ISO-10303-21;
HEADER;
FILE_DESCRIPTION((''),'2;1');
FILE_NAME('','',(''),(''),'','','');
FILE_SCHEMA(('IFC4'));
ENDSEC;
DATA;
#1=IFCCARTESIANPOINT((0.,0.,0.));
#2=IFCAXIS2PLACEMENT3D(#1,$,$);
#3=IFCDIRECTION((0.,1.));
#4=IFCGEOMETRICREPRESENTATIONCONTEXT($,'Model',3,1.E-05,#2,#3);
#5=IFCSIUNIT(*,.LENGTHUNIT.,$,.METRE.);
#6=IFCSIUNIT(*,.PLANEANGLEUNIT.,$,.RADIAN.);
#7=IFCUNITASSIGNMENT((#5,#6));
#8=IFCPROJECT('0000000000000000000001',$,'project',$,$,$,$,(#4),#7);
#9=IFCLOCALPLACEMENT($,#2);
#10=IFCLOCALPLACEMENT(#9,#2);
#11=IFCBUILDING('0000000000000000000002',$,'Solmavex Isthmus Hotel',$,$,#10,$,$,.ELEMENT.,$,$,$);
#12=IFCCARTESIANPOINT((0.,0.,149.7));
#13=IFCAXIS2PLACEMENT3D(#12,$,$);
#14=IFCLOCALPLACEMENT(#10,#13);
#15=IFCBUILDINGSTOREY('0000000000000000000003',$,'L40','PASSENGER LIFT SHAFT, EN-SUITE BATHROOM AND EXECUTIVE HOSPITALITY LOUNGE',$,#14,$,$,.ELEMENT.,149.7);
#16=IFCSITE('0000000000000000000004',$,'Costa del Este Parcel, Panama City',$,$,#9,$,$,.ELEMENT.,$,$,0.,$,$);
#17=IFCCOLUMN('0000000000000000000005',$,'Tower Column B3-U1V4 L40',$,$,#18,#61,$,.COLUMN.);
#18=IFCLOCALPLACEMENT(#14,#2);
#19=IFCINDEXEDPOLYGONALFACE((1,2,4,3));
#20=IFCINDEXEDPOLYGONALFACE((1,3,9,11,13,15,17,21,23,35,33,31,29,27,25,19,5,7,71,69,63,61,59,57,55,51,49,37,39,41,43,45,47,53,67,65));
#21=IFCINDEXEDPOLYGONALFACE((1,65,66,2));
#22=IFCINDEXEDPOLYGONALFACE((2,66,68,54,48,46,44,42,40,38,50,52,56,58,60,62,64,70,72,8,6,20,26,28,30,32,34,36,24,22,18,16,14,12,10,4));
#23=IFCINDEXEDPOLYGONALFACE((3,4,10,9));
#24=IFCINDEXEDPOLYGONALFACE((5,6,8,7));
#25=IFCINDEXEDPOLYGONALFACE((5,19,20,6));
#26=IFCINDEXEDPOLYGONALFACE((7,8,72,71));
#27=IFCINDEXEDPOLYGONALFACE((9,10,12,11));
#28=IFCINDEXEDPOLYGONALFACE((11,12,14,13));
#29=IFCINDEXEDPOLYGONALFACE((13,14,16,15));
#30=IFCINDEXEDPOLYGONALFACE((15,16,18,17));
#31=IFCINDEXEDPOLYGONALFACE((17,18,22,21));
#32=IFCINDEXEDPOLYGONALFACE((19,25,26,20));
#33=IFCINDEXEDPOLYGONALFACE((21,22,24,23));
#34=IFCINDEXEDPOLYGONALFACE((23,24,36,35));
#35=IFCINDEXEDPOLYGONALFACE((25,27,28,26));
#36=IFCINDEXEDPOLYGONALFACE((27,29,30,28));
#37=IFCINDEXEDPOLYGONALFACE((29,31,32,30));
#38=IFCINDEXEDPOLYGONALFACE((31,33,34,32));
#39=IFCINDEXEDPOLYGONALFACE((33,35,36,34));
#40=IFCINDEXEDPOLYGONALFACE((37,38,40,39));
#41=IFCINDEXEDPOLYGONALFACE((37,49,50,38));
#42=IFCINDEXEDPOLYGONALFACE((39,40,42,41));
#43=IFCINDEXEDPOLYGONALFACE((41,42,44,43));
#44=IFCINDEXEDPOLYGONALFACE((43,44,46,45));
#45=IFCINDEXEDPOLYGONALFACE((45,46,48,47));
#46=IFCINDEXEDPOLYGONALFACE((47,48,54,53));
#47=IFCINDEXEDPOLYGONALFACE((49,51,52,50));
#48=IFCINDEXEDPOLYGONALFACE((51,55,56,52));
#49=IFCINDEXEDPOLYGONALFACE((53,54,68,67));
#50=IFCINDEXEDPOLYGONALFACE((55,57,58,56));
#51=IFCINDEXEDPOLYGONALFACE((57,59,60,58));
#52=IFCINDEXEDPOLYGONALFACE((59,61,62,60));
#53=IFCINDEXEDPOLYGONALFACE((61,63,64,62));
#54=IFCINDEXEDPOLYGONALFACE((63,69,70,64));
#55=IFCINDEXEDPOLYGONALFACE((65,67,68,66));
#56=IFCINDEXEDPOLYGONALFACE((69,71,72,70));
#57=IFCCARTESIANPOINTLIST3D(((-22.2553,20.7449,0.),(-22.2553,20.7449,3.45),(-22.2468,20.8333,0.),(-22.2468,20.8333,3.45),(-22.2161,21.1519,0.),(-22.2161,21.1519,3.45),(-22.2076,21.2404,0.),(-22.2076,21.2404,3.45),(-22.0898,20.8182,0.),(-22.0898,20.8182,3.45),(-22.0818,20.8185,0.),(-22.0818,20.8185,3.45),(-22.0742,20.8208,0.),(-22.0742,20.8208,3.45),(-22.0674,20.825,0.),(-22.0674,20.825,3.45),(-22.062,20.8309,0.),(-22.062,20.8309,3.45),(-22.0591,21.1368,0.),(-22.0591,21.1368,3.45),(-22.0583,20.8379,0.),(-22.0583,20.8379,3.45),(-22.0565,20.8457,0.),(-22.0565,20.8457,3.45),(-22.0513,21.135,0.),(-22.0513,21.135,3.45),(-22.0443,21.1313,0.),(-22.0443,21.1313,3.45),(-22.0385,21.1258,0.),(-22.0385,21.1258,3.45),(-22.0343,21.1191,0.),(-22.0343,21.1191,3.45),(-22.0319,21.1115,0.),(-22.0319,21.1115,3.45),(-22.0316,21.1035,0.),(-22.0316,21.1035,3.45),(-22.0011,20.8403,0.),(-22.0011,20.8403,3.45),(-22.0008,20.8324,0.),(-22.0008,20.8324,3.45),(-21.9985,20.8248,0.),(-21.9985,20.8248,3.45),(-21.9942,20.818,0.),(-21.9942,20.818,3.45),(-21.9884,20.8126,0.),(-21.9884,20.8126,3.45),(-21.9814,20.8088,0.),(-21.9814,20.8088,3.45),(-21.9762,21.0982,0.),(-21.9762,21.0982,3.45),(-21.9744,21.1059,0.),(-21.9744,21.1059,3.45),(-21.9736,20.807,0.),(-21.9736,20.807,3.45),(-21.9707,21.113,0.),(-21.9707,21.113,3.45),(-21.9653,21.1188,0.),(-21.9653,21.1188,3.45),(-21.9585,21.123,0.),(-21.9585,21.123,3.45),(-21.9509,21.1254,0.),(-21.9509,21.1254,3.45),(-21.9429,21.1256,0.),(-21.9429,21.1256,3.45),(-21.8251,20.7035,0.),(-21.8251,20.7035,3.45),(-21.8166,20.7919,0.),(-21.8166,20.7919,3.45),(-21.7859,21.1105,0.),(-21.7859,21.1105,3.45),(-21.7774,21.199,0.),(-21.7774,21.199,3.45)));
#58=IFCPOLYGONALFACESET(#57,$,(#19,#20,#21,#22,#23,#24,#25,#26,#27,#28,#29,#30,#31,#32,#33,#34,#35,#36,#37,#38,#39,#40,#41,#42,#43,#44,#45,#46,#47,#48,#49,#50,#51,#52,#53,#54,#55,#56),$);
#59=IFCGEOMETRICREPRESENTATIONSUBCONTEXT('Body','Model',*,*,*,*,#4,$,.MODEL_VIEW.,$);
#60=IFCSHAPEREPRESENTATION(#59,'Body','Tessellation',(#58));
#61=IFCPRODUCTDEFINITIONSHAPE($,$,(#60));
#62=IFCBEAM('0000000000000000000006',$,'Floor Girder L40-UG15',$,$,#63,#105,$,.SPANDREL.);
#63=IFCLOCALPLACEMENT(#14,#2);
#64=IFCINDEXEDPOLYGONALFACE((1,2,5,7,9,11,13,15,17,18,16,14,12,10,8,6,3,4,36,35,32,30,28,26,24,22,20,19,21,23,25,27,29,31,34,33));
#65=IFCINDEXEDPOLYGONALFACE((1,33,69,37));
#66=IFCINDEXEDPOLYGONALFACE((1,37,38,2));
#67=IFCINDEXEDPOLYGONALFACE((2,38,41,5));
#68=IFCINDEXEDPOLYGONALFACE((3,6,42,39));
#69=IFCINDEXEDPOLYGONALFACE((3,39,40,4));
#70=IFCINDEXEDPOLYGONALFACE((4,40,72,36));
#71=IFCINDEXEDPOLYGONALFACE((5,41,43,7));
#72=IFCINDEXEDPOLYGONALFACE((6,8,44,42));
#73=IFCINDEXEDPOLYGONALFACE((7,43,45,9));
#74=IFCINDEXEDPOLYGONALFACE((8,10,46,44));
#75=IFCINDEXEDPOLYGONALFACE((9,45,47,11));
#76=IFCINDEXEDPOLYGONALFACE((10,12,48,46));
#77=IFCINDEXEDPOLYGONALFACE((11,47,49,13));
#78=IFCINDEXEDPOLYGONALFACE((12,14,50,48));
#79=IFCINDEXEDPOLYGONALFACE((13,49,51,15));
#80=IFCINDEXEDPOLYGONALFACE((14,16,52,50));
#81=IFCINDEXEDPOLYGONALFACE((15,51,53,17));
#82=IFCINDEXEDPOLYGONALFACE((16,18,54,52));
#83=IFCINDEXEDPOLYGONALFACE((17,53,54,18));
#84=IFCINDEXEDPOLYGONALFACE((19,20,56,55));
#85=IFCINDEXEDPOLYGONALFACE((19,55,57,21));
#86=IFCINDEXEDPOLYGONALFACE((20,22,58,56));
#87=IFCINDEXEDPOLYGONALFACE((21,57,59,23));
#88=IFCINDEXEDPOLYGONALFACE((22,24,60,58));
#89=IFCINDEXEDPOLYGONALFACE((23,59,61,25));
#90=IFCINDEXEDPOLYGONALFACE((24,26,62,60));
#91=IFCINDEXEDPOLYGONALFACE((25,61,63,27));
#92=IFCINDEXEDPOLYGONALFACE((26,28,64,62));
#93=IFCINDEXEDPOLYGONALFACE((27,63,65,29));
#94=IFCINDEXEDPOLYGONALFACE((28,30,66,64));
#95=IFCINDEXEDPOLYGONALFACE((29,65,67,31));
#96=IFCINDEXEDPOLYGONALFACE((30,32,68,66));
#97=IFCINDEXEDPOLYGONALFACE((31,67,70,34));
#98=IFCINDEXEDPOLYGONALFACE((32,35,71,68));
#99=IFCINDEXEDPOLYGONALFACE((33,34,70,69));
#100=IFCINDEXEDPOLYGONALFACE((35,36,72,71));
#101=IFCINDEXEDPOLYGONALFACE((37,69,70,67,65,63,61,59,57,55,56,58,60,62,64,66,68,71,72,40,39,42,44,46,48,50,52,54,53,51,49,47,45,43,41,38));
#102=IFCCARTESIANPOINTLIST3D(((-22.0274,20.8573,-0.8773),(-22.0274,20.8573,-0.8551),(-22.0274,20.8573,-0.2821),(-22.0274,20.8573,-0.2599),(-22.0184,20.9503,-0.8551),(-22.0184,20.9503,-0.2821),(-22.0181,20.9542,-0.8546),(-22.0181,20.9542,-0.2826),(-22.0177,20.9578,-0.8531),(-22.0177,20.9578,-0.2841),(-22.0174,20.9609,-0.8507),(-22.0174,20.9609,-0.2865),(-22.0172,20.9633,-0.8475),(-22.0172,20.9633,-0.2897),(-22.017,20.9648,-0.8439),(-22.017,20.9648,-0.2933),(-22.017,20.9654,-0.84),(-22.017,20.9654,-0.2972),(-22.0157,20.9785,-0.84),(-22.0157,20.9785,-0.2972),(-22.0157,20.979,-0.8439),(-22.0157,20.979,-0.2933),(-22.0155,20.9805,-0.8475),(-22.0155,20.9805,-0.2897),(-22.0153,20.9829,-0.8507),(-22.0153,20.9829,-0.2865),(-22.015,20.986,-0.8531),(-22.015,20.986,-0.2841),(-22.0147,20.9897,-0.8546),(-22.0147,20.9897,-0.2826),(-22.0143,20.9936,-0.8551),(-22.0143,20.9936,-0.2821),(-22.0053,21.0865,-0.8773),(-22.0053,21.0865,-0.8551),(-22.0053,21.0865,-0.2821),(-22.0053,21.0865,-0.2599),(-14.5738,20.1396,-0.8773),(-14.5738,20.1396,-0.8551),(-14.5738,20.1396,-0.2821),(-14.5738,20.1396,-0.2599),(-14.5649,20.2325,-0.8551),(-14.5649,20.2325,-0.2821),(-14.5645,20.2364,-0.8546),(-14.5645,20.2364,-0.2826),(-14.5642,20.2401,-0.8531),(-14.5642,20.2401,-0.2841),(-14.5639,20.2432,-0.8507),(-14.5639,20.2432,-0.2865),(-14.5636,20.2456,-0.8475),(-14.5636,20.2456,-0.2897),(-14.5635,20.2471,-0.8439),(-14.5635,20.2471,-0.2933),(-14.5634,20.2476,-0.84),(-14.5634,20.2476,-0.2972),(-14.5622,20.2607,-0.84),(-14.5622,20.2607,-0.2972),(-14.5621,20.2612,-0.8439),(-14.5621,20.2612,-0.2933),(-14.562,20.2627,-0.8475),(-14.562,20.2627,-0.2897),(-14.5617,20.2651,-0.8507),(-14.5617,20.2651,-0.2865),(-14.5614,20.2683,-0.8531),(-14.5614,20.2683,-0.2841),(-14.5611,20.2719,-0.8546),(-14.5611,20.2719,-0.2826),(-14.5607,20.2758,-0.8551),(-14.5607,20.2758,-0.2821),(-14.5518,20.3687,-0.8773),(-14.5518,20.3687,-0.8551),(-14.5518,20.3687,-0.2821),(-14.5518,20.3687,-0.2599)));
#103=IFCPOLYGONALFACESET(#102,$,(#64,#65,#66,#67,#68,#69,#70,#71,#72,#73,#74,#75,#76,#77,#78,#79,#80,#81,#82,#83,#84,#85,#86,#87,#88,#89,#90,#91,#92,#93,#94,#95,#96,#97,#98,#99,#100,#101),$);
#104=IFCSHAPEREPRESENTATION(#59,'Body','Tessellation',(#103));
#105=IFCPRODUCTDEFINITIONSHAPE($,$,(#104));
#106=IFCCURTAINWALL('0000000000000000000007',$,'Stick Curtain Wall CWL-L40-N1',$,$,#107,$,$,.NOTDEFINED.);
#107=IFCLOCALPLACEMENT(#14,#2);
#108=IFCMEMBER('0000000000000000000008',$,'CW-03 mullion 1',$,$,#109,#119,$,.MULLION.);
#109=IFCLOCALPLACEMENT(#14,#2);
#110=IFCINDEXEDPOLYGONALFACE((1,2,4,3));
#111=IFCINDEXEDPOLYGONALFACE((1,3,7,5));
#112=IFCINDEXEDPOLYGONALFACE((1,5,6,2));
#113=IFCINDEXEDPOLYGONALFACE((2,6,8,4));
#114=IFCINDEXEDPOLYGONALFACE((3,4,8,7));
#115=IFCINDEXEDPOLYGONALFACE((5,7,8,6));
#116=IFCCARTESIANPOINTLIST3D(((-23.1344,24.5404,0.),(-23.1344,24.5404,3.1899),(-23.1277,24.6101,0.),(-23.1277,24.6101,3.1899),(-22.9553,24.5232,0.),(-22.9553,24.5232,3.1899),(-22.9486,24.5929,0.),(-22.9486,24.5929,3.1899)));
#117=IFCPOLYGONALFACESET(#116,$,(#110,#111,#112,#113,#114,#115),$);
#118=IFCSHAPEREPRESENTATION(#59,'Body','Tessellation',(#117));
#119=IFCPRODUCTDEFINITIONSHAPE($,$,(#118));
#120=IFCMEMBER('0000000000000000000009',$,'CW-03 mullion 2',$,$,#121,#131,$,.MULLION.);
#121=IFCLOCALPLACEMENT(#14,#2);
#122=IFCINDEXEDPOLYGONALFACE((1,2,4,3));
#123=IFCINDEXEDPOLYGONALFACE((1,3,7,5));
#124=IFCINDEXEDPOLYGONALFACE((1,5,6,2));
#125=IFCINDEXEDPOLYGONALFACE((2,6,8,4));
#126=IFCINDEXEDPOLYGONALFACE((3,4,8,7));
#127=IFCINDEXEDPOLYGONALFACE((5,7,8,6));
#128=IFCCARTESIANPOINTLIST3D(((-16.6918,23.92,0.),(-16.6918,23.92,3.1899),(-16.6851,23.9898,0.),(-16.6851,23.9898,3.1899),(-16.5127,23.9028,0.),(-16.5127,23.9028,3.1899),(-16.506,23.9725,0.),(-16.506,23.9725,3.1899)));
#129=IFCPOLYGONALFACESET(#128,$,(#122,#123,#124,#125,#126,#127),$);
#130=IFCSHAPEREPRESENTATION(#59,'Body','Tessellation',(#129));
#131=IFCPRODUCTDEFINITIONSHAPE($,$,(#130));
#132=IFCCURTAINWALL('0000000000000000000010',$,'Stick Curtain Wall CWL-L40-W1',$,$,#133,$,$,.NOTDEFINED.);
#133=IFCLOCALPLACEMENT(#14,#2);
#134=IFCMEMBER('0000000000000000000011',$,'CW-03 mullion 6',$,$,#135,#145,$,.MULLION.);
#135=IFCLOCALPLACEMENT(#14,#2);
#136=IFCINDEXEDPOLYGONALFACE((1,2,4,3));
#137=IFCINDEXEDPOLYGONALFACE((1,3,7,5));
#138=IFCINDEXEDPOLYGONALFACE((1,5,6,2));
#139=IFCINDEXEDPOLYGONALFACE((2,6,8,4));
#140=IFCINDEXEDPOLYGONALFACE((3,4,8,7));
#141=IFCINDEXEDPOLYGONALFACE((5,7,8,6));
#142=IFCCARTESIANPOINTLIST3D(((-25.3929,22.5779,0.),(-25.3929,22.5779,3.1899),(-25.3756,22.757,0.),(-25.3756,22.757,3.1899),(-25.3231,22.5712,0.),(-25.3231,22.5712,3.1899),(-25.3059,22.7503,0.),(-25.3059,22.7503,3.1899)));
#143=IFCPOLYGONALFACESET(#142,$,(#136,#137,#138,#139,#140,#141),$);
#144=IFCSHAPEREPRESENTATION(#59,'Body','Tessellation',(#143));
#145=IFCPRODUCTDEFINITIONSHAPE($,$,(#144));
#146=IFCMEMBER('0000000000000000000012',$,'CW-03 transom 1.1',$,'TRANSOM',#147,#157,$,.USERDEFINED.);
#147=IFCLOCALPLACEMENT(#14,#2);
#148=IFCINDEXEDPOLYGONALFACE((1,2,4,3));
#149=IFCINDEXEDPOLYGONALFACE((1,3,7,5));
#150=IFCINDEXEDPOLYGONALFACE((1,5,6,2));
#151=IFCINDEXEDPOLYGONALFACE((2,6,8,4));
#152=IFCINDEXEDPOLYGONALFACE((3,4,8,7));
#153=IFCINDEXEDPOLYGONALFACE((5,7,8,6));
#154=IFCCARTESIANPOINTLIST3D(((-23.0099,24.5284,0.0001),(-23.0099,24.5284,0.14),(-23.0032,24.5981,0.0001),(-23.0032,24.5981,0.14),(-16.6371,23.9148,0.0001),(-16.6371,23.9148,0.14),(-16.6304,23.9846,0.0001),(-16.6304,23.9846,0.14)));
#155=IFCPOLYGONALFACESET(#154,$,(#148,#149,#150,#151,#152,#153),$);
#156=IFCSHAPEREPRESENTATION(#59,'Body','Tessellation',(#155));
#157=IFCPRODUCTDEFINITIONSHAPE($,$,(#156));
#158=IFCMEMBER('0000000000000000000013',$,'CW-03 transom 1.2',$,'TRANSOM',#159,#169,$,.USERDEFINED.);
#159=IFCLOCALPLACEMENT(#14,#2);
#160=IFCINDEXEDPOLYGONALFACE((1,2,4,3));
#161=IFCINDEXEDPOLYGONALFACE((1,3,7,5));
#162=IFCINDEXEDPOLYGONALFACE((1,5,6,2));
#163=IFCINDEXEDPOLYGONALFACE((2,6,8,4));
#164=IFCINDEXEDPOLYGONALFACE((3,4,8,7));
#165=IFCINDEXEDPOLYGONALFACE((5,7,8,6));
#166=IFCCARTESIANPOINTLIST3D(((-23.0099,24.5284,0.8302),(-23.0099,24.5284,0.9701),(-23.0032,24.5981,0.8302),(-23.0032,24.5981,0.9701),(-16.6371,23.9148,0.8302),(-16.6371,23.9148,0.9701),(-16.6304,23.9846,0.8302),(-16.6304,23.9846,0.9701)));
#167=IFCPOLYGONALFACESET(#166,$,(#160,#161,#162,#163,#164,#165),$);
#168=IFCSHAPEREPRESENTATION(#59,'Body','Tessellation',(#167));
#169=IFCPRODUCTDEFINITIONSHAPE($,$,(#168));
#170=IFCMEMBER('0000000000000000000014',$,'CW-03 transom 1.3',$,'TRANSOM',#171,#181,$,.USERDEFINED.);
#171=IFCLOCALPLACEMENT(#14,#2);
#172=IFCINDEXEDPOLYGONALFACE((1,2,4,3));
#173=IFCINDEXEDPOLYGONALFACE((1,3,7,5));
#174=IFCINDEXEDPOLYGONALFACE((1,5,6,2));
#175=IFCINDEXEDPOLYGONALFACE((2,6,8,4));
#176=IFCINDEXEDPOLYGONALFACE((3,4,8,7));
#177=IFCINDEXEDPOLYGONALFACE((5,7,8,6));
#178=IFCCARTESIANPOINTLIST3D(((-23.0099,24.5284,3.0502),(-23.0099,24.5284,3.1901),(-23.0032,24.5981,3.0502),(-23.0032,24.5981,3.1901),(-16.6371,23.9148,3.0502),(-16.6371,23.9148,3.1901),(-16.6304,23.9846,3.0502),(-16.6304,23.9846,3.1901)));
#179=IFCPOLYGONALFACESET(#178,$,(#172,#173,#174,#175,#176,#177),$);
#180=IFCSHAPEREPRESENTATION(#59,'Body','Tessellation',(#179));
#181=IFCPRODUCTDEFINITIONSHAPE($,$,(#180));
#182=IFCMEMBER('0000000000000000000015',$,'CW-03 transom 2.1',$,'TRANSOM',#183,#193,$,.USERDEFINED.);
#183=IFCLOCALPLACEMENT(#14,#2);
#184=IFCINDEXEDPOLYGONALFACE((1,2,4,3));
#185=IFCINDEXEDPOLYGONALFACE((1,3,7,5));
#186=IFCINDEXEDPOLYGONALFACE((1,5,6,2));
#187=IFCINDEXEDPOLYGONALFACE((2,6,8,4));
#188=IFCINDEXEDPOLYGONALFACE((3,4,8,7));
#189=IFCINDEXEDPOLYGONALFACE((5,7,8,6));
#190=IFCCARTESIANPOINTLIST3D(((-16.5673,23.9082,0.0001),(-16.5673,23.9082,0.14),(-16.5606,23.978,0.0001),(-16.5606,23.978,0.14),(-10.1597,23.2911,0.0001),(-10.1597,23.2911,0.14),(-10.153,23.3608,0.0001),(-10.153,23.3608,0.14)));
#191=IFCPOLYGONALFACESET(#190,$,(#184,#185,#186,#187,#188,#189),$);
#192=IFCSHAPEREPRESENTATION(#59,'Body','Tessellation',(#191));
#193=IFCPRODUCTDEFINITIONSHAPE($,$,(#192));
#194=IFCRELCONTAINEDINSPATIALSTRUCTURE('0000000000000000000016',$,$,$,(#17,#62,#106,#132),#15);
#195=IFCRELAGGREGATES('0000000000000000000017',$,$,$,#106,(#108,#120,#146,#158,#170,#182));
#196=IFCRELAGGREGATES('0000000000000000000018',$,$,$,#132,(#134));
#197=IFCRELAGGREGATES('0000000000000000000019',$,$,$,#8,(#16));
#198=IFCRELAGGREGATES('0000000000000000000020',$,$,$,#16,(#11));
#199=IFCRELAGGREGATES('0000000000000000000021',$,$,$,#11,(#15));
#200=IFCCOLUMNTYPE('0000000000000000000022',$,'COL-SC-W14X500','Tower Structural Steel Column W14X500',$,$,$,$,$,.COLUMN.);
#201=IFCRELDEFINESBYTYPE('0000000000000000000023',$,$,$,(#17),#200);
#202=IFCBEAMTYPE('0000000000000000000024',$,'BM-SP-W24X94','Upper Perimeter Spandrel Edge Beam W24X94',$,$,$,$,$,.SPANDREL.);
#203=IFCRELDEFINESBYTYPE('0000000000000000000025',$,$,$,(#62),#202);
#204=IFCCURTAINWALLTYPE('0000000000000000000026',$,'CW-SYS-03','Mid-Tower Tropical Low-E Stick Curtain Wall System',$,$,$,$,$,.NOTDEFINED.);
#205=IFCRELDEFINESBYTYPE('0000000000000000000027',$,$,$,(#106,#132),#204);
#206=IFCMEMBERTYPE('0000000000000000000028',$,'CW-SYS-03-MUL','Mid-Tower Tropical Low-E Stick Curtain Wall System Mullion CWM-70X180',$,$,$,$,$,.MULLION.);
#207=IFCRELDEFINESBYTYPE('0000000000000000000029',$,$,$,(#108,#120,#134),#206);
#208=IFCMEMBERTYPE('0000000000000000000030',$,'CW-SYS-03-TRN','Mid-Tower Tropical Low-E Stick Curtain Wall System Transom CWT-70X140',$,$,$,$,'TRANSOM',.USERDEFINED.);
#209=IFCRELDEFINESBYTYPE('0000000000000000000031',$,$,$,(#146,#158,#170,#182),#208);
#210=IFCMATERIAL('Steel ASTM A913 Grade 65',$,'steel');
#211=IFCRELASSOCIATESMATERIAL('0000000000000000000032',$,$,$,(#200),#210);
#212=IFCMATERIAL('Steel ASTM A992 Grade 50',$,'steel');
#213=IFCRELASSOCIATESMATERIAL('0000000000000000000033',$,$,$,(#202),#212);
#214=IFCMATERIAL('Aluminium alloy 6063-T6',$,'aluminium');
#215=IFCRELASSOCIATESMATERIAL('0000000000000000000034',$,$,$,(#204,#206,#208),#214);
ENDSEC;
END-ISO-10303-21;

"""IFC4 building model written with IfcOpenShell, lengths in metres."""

from ifc_helpers import new_model, si_unit, direction, frame, origin, origin_2d, place, context, subcontext, project, spatial, rectangle, i_section, extrude, material, material_profile, profile_set, type_object, element, aggregate, save


model = new_model("IFC4")

# Units and contexts
model_context = context("Model", 3, precision=1e-05, world=origin(), true_north=direction((0.0, 1.0)))
body_context = subcontext(model_context, "Body", "Model", "MODEL_VIEW")
ifc_project = project(units=[si_unit("LENGTHUNIT", "METRE"), si_unit("PLANEANGLEUNIT", "RADIAN")], contexts=[model_context])

# Site, building, storey
site_placement = place(None, origin())
site = spatial("IfcSite", under=ifc_project, at=site_placement, Name="Costa del Este Parcel, Panama City", CompositionType="ELEMENT", RefElevation=0.0)
building_placement = place(site_placement, origin())
building = spatial("IfcBuilding", under=site, at=building_placement, Name="Solmavex Isthmus Hotel", CompositionType="ELEMENT")
storey_placement = place(building_placement, frame((0.0, 0.0, 149.7)))
storey = spatial("IfcBuildingStorey", under=building, at=storey_placement, Name="L40", Description="PASSENGER LIFT SHAFT, EN-SUITE BATHROOM AND EXECUTIVE HOSPITALITY LOUNGE", CompositionType="ELEMENT", Elevation=149.7)

# Column
ifc_material_1 = material(Name="Steel ASTM A913 Grade 65", Category="steel")
ifc_material_profile_1 = material_profile(ifc_material_1, i_section(OverallWidth=0.4321, OverallDepth=0.4978, WebThickness=0.0557, FlangeThickness=0.0889, FilletRadius=0.0305, at=origin_2d()), Name="W14X500")
ifc_profile_set_1 = profile_set([ifc_material_profile_1], Name="Steel ASTM A913 Grade 65")
column_type = type_object("IfcColumnType", Name="COL-SC-W14X500", Description="Tower Structural Steel Column W14X500", PredefinedType="COLUMN", material=ifc_profile_set_1)
column_placement = place(storey_placement, frame((-22.0164, 20.9719, 0.0), z_axis=(0.0, 0.0, 1.0), x_axis=(0.995396, -0.095846, 0.0)))
element("IfcColumn", 1, at=column_placement, inside=storey, type_object=column_type, Name="Tower Column B3-U1V4 L40", PredefinedType="COLUMN", context=body_context, shape_type="SweptSolid", body=[
    extrude(i_section(OverallWidth=0.4321, OverallDepth=0.4978, WebThickness=0.0557, FlangeThickness=0.0889, FilletRadius=0.0305, at=origin_2d()), origin(), (0.0, 0.0, 1.0), 3.45),
])

# Beam
ifc_material_2 = material(Name="Steel ASTM A992 Grade 50", Category="steel")
ifc_material_profile_2 = material_profile(ifc_material_2, i_section(OverallWidth=0.2302, OverallDepth=0.6174, WebThickness=0.0132, FlangeThickness=0.0222, FilletRadius=0.0151, at=origin_2d()), Name="W24X94")
ifc_profile_set_2 = profile_set([ifc_material_profile_2], Name="Steel ASTM A992 Grade 50")
beam_type = type_object("IfcBeamType", Name="BM-SP-W24X94", Description="Upper Perimeter Spandrel Edge Beam W24X94", PredefinedType="SPANDREL", material=ifc_profile_set_2)
beam_placement = place(storey_placement, frame((-22.0164, 20.9719, -0.5686), z_axis=(0.995395, -0.095855, 0.0), x_axis=(0.095855, 0.995395, 0.0)))
element("IfcBeam", 2, at=beam_placement, inside=storey, type_object=beam_type, Name="Floor Girder L40-UG15", PredefinedType="SPANDREL", context=body_context, shape_type="SweptSolid", body=[
    extrude(i_section(OverallWidth=0.2302, OverallDepth=0.6174, WebThickness=0.0132, FlangeThickness=0.0222, FilletRadius=0.0151, at=origin_2d()), origin(), (0.0, 0.0, 1.0), 7.488),
])

# Curtain wall, members
ifc_material_3 = material(Name="Aluminium alloy 6063-T6", Category="aluminium")
curtain_wall_type = type_object("IfcCurtainWallType", Name="CW-SYS-03", Description="Mid-Tower Tropical Low-E Stick Curtain Wall System", PredefinedType="NOTDEFINED", material=ifc_material_3)
curtain_wall_1_placement = place(storey_placement, origin())
curtain_wall_1 = element("IfcCurtainWall", 3, at=curtain_wall_1_placement, inside=storey, type_object=curtain_wall_type, Name="Stick Curtain Wall CWL-L40-N1", PredefinedType="NOTDEFINED")
ifc_material_profile_3 = material_profile(ifc_material_3, rectangle(XDim=0.0701, YDim=0.1799, at=origin_2d()), Name="CWM-70X180")
ifc_profile_set_3 = profile_set([ifc_material_profile_3], Name="Aluminium alloy 6063-T6")
member_type_1 = type_object("IfcMemberType", Name="CW-SYS-03-MUL", Description="Mid-Tower Tropical Low-E Stick Curtain Wall System Mullion CWM-70X180", PredefinedType="MULLION", material=ifc_profile_set_3)
member_1_placement = place(storey_placement, frame((-23.0415, 24.5667, 0.0), z_axis=(0.0, 0.0, 1.0), x_axis=(0.095846, 0.995396, 0.0)))
member_1 = element("IfcMember", 4, at=member_1_placement, type_object=member_type_1, Name="CW-03 mullion 1", PredefinedType="MULLION", context=body_context, shape_type="SweptSolid", body=[
    extrude(rectangle(XDim=0.0701, YDim=0.1799, at=origin_2d()), origin(), (0.0, 0.0, 1.0), 3.1899),
])
member_2_placement = place(storey_placement, frame((-16.5989, 23.9463, 0.0), z_axis=(0.0, 0.0, 1.0), x_axis=(0.095846, 0.995396, 0.0)))
member_2 = element("IfcMember", 5, at=member_2_placement, type_object=member_type_1, Name="CW-03 mullion 2", PredefinedType="MULLION", context=body_context, shape_type="SweptSolid", body=[
    extrude(rectangle(XDim=0.0701, YDim=0.1799, at=origin_2d()), origin(), (0.0, 0.0, 1.0), 3.1899),
])

# Curtain wall, member
curtain_wall_2_placement = place(storey_placement, origin())
curtain_wall_2 = element("IfcCurtainWall", 6, at=curtain_wall_2_placement, inside=storey, type_object=curtain_wall_type, Name="Stick Curtain Wall CWL-L40-W1", PredefinedType="NOTDEFINED")
member_3_placement = place(storey_placement, frame((-25.3494, 22.6641, 0.0), z_axis=(0.0, 0.0, 1.0), x_axis=(-0.995396, 0.095846, 0.0)))
member_3 = element("IfcMember", 7, at=member_3_placement, type_object=member_type_1, Name="CW-03 mullion 6", PredefinedType="MULLION", context=body_context, shape_type="SweptSolid", body=[
    extrude(rectangle(XDim=0.0701, YDim=0.1799, at=origin_2d()), origin(), (0.0, 0.0, 1.0), 3.1899),
])

# Members
ifc_material_profile_4 = material_profile(ifc_material_3, rectangle(XDim=0.0701, YDim=0.1399, at=origin_2d()), Name="CWT-70X140")
ifc_profile_set_4 = profile_set([ifc_material_profile_4], Name="Aluminium alloy 6063-T6")
member_type_2 = type_object("IfcMemberType", Name="CW-SYS-03-TRN", Description="Mid-Tower Tropical Low-E Stick Curtain Wall System Transom CWT-70X140", ElementType="TRANSOM", PredefinedType="USERDEFINED", material=ifc_profile_set_4)
member_4_placement = place(storey_placement, frame((-23.0066, 24.5632, 0.0701), z_axis=(0.995398, -0.095829, 0.0), x_axis=(0.095829, 0.995398, 0.0)))
member_4 = element("IfcMember", 8, at=member_4_placement, type_object=member_type_2, Name="CW-03 transom 1.1", ObjectType="TRANSOM", PredefinedType="USERDEFINED", context=body_context, shape_type="SweptSolid", body=[
    extrude(rectangle(XDim=0.0701, YDim=0.1399, at=origin_2d()), origin(), (0.0, 0.0, 1.0), 6.4023),
])
member_5_placement = place(storey_placement, frame((-23.0066, 24.5632, 0.9001), z_axis=(0.995398, -0.095829, 0.0), x_axis=(0.095829, 0.995398, 0.0)))
member_5 = element("IfcMember", 9, at=member_5_placement, type_object=member_type_2, Name="CW-03 transom 1.2", ObjectType="TRANSOM", PredefinedType="USERDEFINED", context=body_context, shape_type="SweptSolid", body=[
    extrude(rectangle(XDim=0.0701, YDim=0.1399, at=origin_2d()), origin(), (0.0, 0.0, 1.0), 6.4023),
])
member_6_placement = place(storey_placement, frame((-23.0066, 24.5632, 3.1201), z_axis=(0.995398, -0.095829, 0.0), x_axis=(0.095829, 0.995398, 0.0)))
member_6 = element("IfcMember", 10, at=member_6_placement, type_object=member_type_2, Name="CW-03 transom 1.3", ObjectType="TRANSOM", PredefinedType="USERDEFINED", context=body_context, shape_type="SweptSolid", body=[
    extrude(rectangle(XDim=0.0701, YDim=0.1399, at=origin_2d()), origin(), (0.0, 0.0, 1.0), 6.4023),
])
member_7_placement = place(storey_placement, frame((-16.564, 23.9431, 0.0701), z_axis=(0.995393, -0.095876, 0.0), x_axis=(0.095876, 0.995393, 0.0)))
member_7 = element("IfcMember", 11, at=member_7_placement, type_object=member_type_2, Name="CW-03 transom 2.1", ObjectType="TRANSOM", PredefinedType="USERDEFINED", context=body_context, shape_type="SweptSolid", body=[
    extrude(rectangle(XDim=0.0701, YDim=0.1399, at=origin_2d()), origin(), (0.0, 0.0, 1.0), 6.4373),
])

aggregate(curtain_wall_1, [member_1, member_2, member_4, member_5, member_6, member_7])
aggregate(curtain_wall_2, [member_3])

save(model, "model.ifc")
